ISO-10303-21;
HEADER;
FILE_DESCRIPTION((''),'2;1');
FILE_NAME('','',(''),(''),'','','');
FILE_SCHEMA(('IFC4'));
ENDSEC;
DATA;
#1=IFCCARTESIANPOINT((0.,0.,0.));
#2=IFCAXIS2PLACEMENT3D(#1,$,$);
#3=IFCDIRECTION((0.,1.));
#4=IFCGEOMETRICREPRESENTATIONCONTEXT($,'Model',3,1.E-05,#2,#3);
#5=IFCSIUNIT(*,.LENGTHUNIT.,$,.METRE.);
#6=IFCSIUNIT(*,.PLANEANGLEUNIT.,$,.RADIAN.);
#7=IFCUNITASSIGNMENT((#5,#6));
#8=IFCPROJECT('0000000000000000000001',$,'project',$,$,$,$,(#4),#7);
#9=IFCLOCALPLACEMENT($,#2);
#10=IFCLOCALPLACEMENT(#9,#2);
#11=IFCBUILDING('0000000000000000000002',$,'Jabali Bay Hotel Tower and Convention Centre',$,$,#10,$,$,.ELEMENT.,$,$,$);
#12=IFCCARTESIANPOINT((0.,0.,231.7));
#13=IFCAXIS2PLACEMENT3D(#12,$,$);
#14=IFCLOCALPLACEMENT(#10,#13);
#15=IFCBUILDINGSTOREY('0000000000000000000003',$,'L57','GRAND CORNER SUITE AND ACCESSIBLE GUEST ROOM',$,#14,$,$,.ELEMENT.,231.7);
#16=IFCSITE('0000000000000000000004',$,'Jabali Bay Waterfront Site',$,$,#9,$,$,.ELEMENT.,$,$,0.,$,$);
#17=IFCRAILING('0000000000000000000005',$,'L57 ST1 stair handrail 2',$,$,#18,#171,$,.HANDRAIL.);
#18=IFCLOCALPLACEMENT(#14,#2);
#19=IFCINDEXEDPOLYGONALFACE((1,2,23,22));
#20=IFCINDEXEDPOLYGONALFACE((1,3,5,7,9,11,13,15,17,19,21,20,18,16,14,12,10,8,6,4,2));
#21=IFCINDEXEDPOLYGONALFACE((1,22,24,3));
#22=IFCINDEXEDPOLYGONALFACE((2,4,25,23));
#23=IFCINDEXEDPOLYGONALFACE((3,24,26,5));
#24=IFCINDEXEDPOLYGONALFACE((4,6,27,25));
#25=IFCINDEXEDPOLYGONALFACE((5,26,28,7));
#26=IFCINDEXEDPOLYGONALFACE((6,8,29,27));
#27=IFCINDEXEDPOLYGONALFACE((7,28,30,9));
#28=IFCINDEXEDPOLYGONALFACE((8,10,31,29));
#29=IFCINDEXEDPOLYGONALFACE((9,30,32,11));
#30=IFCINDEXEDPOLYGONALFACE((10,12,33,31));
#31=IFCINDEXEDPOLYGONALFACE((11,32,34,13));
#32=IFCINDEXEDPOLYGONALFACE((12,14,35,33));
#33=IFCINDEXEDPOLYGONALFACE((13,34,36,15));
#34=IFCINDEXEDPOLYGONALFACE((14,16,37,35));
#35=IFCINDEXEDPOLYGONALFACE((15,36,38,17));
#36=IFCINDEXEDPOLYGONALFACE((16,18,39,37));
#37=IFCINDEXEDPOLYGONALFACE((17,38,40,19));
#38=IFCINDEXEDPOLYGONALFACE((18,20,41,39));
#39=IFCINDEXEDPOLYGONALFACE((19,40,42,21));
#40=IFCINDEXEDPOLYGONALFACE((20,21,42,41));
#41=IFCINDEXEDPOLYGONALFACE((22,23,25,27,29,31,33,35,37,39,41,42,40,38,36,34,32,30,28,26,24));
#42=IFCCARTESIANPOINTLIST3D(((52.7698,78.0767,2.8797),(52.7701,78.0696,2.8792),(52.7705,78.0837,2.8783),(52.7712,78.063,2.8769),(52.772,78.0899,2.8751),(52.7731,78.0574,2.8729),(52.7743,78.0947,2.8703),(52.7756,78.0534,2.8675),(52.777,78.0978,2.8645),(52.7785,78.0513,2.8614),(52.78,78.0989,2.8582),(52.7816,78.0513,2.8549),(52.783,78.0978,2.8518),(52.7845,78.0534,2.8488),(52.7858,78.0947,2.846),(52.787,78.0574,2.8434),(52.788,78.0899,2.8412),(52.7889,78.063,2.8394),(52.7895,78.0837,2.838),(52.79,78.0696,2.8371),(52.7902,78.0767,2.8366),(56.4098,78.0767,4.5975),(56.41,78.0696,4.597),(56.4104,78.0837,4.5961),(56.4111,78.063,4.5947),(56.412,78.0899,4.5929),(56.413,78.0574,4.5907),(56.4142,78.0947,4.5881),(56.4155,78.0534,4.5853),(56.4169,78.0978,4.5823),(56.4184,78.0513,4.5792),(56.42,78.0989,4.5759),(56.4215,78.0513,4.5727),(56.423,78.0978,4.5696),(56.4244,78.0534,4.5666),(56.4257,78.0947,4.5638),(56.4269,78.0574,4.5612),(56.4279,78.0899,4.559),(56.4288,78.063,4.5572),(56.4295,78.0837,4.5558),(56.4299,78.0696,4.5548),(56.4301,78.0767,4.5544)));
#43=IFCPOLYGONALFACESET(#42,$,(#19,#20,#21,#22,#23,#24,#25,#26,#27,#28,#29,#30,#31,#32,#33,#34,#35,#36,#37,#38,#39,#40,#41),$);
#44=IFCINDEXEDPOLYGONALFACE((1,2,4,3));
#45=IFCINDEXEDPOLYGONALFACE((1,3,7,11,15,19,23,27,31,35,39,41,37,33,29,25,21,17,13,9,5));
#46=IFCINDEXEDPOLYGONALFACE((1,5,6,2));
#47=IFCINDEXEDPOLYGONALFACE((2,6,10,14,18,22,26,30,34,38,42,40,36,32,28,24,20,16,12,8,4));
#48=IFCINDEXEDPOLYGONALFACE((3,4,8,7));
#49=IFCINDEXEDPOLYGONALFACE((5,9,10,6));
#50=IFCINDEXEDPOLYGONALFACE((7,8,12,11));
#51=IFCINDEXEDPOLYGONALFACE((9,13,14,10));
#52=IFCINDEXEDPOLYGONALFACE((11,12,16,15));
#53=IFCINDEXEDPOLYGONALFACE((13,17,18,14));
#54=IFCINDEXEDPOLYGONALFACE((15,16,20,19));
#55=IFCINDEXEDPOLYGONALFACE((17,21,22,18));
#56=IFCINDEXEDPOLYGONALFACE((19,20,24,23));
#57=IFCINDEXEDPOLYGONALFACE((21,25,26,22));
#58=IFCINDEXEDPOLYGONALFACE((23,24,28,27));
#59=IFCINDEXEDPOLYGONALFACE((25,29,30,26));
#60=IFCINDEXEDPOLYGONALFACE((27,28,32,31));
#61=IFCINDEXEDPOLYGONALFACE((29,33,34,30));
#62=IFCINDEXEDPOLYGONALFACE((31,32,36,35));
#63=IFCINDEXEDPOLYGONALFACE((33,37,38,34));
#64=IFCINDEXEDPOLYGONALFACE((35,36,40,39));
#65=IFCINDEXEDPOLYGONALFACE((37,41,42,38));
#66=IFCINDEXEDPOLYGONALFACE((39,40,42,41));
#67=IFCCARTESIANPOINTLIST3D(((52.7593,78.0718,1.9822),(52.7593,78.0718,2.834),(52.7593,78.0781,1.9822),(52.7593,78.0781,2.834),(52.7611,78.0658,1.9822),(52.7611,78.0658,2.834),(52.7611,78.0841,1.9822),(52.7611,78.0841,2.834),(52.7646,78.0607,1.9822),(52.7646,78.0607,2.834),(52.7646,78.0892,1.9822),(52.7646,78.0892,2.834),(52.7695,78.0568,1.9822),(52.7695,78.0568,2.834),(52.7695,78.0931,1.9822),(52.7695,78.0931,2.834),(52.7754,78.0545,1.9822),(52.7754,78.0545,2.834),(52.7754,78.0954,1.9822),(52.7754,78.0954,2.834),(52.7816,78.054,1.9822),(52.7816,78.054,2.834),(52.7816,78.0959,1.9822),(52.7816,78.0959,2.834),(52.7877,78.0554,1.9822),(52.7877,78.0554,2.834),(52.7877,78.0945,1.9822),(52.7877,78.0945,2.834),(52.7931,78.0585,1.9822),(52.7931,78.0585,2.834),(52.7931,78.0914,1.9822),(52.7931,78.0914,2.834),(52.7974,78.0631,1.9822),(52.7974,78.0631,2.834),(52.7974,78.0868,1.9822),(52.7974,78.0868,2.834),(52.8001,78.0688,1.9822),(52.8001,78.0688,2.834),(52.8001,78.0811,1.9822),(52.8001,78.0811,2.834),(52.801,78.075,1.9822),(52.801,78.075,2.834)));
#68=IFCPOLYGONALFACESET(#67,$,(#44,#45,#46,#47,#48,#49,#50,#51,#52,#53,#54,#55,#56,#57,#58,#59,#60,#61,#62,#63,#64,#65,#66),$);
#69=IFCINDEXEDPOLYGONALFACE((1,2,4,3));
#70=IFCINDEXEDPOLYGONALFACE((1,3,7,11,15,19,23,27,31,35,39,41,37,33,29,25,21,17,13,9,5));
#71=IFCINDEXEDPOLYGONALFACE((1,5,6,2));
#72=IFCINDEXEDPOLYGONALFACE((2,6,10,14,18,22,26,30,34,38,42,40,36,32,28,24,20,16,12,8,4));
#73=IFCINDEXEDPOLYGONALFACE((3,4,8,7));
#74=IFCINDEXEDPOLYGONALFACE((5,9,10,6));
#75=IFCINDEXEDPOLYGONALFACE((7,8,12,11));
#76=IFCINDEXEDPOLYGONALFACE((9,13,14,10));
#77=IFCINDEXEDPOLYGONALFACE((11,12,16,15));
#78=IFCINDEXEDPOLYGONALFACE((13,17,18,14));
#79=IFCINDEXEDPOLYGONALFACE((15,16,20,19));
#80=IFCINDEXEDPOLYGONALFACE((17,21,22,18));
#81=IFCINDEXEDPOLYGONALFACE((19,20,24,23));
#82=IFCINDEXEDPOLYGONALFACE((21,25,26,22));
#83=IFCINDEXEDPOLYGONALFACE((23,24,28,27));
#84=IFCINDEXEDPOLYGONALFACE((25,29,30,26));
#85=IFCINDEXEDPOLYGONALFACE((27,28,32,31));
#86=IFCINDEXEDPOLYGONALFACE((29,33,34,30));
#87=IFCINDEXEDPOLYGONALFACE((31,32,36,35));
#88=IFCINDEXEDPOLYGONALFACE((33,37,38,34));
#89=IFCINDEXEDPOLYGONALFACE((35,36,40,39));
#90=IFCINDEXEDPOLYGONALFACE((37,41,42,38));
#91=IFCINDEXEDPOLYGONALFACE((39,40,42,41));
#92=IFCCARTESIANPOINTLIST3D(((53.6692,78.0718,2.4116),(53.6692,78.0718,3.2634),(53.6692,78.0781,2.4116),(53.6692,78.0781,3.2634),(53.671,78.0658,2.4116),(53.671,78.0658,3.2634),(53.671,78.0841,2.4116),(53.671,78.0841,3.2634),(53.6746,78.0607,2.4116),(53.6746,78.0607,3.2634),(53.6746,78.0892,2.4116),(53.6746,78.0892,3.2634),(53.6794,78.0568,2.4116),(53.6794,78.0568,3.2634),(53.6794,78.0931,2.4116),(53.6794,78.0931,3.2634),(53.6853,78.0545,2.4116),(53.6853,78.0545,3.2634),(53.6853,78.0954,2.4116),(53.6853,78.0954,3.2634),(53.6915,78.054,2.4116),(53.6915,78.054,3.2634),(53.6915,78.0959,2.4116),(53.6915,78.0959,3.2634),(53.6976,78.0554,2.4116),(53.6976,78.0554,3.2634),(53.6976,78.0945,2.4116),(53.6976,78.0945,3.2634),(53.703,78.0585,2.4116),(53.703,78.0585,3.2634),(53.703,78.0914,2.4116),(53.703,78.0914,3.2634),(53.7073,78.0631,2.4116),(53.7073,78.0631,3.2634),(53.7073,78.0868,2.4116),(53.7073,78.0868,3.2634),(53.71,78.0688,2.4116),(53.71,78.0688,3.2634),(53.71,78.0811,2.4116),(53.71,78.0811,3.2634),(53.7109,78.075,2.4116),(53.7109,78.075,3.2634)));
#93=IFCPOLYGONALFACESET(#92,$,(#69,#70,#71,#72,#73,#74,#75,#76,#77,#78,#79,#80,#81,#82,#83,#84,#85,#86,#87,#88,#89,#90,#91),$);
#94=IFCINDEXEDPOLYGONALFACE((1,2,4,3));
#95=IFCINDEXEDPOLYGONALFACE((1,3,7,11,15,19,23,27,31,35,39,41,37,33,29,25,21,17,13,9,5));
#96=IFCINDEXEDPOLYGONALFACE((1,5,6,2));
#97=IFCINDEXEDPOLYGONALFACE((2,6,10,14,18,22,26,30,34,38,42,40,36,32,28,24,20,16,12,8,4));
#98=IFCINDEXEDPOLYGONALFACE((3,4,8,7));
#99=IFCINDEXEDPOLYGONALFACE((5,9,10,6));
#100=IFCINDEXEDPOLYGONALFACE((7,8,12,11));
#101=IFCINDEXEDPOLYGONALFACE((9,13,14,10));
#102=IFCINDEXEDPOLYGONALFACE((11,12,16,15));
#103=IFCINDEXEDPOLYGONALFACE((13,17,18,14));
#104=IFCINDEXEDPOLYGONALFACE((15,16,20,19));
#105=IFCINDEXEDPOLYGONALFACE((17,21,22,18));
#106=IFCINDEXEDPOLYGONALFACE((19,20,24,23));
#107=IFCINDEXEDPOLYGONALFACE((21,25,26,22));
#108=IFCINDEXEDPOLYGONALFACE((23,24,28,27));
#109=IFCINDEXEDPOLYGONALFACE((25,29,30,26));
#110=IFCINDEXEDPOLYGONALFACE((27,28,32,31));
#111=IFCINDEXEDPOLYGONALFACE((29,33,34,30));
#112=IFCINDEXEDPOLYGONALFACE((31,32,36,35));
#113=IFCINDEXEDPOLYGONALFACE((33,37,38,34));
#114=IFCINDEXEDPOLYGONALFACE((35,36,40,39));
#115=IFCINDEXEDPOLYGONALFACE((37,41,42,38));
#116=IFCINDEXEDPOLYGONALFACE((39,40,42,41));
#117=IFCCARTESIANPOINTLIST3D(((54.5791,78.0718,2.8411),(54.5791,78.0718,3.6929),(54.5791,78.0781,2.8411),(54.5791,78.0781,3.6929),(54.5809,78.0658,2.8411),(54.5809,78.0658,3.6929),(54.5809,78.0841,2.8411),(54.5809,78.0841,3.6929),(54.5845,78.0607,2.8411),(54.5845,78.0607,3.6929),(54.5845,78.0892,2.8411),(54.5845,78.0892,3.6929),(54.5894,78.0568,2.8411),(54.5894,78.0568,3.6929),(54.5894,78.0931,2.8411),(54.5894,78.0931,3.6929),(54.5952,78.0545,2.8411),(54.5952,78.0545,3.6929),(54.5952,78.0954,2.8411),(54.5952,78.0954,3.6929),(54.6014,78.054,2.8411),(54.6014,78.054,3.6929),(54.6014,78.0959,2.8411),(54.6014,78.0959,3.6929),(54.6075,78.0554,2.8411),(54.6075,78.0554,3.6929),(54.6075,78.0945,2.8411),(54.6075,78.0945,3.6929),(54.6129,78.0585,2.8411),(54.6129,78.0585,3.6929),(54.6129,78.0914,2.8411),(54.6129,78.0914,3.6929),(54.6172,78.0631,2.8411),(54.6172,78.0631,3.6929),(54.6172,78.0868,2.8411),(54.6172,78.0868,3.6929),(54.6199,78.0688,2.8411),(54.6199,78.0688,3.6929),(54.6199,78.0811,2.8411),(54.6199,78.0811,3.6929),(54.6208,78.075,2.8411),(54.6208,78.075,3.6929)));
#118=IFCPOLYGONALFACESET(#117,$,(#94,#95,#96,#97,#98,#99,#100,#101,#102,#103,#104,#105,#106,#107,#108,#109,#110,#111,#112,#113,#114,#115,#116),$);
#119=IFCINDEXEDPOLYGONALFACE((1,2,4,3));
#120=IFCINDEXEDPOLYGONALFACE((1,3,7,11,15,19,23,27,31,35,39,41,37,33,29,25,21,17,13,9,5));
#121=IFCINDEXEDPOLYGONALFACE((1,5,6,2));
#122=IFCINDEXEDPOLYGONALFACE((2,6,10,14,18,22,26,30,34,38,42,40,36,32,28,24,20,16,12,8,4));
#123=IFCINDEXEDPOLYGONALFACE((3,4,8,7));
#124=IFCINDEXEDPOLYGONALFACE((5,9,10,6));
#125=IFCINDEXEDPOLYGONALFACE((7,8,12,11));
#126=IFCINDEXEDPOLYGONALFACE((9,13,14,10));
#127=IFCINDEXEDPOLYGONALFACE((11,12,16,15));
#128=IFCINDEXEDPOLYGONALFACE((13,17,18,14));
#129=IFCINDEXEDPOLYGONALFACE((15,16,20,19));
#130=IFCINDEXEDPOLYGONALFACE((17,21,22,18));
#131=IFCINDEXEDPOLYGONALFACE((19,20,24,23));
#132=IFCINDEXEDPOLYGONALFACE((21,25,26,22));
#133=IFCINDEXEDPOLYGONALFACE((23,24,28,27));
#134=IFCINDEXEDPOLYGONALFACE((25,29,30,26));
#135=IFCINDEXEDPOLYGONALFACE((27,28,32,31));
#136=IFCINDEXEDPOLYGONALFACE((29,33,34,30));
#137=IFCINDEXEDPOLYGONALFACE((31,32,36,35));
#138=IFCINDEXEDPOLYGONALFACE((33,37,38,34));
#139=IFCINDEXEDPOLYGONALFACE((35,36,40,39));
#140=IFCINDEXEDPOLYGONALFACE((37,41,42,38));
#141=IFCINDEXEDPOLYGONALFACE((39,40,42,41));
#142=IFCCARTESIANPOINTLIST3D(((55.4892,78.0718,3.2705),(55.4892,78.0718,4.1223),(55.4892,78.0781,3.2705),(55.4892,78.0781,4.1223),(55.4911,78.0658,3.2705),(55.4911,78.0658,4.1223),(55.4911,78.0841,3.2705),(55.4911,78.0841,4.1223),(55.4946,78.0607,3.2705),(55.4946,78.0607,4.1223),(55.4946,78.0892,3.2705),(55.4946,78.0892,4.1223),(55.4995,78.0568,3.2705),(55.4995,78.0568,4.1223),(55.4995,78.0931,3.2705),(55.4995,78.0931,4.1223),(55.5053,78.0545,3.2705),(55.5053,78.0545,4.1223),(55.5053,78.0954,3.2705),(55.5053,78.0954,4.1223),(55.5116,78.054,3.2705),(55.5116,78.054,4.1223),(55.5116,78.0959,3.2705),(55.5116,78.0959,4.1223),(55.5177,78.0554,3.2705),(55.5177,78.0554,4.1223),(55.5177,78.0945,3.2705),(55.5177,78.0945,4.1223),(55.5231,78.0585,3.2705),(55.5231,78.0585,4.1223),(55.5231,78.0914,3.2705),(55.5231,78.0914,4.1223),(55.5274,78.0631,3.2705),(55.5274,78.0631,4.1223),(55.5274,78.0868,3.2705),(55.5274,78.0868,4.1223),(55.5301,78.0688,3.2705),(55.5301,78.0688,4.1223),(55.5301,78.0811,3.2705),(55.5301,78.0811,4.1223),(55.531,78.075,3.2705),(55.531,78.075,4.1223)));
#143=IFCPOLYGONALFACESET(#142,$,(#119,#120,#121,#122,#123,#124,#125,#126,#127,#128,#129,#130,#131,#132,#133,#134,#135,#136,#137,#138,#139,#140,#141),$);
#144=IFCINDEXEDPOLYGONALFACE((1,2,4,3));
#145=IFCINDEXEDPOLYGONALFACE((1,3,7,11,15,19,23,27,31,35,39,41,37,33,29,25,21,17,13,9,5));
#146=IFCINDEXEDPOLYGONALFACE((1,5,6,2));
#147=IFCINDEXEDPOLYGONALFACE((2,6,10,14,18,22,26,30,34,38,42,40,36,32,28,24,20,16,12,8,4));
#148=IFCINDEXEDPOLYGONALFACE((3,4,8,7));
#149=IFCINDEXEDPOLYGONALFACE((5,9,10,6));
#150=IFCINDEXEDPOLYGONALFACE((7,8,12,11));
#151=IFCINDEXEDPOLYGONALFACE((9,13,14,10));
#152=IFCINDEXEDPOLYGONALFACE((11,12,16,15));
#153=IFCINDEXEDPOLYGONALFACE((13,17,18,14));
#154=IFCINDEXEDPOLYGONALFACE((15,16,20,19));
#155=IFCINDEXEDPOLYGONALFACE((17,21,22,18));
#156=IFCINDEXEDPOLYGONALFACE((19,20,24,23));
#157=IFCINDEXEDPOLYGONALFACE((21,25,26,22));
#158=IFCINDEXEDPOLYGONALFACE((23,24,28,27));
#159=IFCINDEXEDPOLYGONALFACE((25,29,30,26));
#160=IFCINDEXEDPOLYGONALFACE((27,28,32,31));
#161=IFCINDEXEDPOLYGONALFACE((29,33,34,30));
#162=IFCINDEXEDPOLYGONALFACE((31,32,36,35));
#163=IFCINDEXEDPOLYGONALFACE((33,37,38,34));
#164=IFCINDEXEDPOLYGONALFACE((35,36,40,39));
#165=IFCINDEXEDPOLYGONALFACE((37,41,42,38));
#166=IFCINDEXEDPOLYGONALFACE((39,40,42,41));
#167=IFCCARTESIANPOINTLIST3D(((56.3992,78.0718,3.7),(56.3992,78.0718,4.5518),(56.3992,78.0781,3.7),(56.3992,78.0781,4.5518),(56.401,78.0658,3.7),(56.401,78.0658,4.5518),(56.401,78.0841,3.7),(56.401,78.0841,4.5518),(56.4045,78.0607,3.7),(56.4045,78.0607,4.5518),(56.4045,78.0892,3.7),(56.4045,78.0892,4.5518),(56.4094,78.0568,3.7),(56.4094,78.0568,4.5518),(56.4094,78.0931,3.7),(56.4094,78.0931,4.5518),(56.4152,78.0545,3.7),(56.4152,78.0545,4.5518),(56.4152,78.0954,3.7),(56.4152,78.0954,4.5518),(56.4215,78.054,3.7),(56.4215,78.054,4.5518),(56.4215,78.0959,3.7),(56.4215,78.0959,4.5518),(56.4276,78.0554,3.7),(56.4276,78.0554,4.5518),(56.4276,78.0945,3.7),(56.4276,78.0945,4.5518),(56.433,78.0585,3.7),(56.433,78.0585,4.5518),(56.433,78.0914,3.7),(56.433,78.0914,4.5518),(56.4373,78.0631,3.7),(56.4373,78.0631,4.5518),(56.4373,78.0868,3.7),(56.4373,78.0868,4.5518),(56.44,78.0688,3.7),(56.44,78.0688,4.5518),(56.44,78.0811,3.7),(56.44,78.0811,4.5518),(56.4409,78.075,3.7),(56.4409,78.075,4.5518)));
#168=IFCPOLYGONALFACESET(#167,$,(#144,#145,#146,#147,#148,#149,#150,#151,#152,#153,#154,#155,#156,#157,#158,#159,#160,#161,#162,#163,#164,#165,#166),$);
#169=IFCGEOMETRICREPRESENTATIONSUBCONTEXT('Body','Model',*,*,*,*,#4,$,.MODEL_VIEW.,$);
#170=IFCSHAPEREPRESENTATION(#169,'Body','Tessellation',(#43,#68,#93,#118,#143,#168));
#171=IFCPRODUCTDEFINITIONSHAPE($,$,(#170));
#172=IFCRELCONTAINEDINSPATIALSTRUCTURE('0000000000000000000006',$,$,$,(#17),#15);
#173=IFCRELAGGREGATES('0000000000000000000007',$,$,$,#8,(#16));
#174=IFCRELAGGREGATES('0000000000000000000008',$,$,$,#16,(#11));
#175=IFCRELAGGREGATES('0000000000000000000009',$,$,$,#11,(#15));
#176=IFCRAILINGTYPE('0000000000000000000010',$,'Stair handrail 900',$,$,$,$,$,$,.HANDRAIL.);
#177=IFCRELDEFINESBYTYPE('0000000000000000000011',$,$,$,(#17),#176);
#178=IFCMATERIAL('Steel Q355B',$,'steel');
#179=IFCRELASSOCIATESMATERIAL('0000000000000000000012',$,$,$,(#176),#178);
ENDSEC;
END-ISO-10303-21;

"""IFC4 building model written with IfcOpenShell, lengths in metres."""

from ifc_helpers import new_model, si_unit, direction, frame, origin, origin_2d, place, context, subcontext, project, spatial, circle, extrude, material, type_object, element, save


model = new_model("IFC4")

# Units and contexts
model_context = context("Model", 3, precision=1e-05, world=origin(), true_north=direction((0.0, 1.0)))
body_context = subcontext(model_context, "Body", "Model", "MODEL_VIEW")
ifc_project = project(units=[si_unit("LENGTHUNIT", "METRE"), si_unit("PLANEANGLEUNIT", "RADIAN")], contexts=[model_context])

# Site, building, storey
site_placement = place(None, origin())
site = spatial("IfcSite", under=ifc_project, at=site_placement, Name="Jabali Bay Waterfront Site", CompositionType="ELEMENT", RefElevation=0.0)
building_placement = place(site_placement, origin())
building = spatial("IfcBuilding", under=site, at=building_placement, Name="Jabali Bay Hotel Tower and Convention Centre", CompositionType="ELEMENT")
storey_placement = place(building_placement, frame((0.0, 0.0, 231.7)))
storey = spatial("IfcBuildingStorey", under=building, at=storey_placement, Name="L57", Description="GRAND CORNER SUITE AND ACCESSIBLE GUEST ROOM", CompositionType="ELEMENT", Elevation=231.7)

# Railing
ifc_material_1 = material(Name="Steel Q355B", Category="steel")
railing_type = type_object("IfcRailingType", Name="Stair handrail 900", PredefinedType="HANDRAIL", material=ifc_material_1)
railing_placement = place(storey_placement, frame((52.78, 78.075, 1.9822)))
element("IfcRailing", 1, at=railing_placement, inside=storey, type_object=railing_type, Name="L57 ST1 stair handrail 2", PredefinedType="HANDRAIL", context=body_context, shape_type="SweptSolid", body=[
    extrude(circle(Radius=0.0239, at=origin_2d()), frame((0.0, 0.0, 0.876), z_axis=(0.904351, 0.0, 0.42679), x_axis=(0.0, 1.0, 0.0)), (0.0, 0.0, 1.0), 4.0249),
    extrude(circle(Radius=0.021, at=origin_2d()), origin(), (0.0, 0.0, 1.0), 0.8518),
    extrude(circle(Radius=0.021, at=origin_2d()), frame((0.9099, 0.0, 0.4294)), (0.0, 0.0, 1.0), 0.8518),
    extrude(circle(Radius=0.021, at=origin_2d()), frame((1.8198, 0.0, 0.8589)), (0.0, 0.0, 1.0), 0.8518),
    extrude(circle(Radius=0.021, at=origin_2d()), frame((2.73, 0.0, 1.2883)), (0.0, 0.0, 1.0), 0.8518),
    extrude(circle(Radius=0.021, at=origin_2d()), frame((3.6399, 0.0, 1.7178)), (0.0, 0.0, 1.0), 0.8518),
])

save(model, "model.ifc")
